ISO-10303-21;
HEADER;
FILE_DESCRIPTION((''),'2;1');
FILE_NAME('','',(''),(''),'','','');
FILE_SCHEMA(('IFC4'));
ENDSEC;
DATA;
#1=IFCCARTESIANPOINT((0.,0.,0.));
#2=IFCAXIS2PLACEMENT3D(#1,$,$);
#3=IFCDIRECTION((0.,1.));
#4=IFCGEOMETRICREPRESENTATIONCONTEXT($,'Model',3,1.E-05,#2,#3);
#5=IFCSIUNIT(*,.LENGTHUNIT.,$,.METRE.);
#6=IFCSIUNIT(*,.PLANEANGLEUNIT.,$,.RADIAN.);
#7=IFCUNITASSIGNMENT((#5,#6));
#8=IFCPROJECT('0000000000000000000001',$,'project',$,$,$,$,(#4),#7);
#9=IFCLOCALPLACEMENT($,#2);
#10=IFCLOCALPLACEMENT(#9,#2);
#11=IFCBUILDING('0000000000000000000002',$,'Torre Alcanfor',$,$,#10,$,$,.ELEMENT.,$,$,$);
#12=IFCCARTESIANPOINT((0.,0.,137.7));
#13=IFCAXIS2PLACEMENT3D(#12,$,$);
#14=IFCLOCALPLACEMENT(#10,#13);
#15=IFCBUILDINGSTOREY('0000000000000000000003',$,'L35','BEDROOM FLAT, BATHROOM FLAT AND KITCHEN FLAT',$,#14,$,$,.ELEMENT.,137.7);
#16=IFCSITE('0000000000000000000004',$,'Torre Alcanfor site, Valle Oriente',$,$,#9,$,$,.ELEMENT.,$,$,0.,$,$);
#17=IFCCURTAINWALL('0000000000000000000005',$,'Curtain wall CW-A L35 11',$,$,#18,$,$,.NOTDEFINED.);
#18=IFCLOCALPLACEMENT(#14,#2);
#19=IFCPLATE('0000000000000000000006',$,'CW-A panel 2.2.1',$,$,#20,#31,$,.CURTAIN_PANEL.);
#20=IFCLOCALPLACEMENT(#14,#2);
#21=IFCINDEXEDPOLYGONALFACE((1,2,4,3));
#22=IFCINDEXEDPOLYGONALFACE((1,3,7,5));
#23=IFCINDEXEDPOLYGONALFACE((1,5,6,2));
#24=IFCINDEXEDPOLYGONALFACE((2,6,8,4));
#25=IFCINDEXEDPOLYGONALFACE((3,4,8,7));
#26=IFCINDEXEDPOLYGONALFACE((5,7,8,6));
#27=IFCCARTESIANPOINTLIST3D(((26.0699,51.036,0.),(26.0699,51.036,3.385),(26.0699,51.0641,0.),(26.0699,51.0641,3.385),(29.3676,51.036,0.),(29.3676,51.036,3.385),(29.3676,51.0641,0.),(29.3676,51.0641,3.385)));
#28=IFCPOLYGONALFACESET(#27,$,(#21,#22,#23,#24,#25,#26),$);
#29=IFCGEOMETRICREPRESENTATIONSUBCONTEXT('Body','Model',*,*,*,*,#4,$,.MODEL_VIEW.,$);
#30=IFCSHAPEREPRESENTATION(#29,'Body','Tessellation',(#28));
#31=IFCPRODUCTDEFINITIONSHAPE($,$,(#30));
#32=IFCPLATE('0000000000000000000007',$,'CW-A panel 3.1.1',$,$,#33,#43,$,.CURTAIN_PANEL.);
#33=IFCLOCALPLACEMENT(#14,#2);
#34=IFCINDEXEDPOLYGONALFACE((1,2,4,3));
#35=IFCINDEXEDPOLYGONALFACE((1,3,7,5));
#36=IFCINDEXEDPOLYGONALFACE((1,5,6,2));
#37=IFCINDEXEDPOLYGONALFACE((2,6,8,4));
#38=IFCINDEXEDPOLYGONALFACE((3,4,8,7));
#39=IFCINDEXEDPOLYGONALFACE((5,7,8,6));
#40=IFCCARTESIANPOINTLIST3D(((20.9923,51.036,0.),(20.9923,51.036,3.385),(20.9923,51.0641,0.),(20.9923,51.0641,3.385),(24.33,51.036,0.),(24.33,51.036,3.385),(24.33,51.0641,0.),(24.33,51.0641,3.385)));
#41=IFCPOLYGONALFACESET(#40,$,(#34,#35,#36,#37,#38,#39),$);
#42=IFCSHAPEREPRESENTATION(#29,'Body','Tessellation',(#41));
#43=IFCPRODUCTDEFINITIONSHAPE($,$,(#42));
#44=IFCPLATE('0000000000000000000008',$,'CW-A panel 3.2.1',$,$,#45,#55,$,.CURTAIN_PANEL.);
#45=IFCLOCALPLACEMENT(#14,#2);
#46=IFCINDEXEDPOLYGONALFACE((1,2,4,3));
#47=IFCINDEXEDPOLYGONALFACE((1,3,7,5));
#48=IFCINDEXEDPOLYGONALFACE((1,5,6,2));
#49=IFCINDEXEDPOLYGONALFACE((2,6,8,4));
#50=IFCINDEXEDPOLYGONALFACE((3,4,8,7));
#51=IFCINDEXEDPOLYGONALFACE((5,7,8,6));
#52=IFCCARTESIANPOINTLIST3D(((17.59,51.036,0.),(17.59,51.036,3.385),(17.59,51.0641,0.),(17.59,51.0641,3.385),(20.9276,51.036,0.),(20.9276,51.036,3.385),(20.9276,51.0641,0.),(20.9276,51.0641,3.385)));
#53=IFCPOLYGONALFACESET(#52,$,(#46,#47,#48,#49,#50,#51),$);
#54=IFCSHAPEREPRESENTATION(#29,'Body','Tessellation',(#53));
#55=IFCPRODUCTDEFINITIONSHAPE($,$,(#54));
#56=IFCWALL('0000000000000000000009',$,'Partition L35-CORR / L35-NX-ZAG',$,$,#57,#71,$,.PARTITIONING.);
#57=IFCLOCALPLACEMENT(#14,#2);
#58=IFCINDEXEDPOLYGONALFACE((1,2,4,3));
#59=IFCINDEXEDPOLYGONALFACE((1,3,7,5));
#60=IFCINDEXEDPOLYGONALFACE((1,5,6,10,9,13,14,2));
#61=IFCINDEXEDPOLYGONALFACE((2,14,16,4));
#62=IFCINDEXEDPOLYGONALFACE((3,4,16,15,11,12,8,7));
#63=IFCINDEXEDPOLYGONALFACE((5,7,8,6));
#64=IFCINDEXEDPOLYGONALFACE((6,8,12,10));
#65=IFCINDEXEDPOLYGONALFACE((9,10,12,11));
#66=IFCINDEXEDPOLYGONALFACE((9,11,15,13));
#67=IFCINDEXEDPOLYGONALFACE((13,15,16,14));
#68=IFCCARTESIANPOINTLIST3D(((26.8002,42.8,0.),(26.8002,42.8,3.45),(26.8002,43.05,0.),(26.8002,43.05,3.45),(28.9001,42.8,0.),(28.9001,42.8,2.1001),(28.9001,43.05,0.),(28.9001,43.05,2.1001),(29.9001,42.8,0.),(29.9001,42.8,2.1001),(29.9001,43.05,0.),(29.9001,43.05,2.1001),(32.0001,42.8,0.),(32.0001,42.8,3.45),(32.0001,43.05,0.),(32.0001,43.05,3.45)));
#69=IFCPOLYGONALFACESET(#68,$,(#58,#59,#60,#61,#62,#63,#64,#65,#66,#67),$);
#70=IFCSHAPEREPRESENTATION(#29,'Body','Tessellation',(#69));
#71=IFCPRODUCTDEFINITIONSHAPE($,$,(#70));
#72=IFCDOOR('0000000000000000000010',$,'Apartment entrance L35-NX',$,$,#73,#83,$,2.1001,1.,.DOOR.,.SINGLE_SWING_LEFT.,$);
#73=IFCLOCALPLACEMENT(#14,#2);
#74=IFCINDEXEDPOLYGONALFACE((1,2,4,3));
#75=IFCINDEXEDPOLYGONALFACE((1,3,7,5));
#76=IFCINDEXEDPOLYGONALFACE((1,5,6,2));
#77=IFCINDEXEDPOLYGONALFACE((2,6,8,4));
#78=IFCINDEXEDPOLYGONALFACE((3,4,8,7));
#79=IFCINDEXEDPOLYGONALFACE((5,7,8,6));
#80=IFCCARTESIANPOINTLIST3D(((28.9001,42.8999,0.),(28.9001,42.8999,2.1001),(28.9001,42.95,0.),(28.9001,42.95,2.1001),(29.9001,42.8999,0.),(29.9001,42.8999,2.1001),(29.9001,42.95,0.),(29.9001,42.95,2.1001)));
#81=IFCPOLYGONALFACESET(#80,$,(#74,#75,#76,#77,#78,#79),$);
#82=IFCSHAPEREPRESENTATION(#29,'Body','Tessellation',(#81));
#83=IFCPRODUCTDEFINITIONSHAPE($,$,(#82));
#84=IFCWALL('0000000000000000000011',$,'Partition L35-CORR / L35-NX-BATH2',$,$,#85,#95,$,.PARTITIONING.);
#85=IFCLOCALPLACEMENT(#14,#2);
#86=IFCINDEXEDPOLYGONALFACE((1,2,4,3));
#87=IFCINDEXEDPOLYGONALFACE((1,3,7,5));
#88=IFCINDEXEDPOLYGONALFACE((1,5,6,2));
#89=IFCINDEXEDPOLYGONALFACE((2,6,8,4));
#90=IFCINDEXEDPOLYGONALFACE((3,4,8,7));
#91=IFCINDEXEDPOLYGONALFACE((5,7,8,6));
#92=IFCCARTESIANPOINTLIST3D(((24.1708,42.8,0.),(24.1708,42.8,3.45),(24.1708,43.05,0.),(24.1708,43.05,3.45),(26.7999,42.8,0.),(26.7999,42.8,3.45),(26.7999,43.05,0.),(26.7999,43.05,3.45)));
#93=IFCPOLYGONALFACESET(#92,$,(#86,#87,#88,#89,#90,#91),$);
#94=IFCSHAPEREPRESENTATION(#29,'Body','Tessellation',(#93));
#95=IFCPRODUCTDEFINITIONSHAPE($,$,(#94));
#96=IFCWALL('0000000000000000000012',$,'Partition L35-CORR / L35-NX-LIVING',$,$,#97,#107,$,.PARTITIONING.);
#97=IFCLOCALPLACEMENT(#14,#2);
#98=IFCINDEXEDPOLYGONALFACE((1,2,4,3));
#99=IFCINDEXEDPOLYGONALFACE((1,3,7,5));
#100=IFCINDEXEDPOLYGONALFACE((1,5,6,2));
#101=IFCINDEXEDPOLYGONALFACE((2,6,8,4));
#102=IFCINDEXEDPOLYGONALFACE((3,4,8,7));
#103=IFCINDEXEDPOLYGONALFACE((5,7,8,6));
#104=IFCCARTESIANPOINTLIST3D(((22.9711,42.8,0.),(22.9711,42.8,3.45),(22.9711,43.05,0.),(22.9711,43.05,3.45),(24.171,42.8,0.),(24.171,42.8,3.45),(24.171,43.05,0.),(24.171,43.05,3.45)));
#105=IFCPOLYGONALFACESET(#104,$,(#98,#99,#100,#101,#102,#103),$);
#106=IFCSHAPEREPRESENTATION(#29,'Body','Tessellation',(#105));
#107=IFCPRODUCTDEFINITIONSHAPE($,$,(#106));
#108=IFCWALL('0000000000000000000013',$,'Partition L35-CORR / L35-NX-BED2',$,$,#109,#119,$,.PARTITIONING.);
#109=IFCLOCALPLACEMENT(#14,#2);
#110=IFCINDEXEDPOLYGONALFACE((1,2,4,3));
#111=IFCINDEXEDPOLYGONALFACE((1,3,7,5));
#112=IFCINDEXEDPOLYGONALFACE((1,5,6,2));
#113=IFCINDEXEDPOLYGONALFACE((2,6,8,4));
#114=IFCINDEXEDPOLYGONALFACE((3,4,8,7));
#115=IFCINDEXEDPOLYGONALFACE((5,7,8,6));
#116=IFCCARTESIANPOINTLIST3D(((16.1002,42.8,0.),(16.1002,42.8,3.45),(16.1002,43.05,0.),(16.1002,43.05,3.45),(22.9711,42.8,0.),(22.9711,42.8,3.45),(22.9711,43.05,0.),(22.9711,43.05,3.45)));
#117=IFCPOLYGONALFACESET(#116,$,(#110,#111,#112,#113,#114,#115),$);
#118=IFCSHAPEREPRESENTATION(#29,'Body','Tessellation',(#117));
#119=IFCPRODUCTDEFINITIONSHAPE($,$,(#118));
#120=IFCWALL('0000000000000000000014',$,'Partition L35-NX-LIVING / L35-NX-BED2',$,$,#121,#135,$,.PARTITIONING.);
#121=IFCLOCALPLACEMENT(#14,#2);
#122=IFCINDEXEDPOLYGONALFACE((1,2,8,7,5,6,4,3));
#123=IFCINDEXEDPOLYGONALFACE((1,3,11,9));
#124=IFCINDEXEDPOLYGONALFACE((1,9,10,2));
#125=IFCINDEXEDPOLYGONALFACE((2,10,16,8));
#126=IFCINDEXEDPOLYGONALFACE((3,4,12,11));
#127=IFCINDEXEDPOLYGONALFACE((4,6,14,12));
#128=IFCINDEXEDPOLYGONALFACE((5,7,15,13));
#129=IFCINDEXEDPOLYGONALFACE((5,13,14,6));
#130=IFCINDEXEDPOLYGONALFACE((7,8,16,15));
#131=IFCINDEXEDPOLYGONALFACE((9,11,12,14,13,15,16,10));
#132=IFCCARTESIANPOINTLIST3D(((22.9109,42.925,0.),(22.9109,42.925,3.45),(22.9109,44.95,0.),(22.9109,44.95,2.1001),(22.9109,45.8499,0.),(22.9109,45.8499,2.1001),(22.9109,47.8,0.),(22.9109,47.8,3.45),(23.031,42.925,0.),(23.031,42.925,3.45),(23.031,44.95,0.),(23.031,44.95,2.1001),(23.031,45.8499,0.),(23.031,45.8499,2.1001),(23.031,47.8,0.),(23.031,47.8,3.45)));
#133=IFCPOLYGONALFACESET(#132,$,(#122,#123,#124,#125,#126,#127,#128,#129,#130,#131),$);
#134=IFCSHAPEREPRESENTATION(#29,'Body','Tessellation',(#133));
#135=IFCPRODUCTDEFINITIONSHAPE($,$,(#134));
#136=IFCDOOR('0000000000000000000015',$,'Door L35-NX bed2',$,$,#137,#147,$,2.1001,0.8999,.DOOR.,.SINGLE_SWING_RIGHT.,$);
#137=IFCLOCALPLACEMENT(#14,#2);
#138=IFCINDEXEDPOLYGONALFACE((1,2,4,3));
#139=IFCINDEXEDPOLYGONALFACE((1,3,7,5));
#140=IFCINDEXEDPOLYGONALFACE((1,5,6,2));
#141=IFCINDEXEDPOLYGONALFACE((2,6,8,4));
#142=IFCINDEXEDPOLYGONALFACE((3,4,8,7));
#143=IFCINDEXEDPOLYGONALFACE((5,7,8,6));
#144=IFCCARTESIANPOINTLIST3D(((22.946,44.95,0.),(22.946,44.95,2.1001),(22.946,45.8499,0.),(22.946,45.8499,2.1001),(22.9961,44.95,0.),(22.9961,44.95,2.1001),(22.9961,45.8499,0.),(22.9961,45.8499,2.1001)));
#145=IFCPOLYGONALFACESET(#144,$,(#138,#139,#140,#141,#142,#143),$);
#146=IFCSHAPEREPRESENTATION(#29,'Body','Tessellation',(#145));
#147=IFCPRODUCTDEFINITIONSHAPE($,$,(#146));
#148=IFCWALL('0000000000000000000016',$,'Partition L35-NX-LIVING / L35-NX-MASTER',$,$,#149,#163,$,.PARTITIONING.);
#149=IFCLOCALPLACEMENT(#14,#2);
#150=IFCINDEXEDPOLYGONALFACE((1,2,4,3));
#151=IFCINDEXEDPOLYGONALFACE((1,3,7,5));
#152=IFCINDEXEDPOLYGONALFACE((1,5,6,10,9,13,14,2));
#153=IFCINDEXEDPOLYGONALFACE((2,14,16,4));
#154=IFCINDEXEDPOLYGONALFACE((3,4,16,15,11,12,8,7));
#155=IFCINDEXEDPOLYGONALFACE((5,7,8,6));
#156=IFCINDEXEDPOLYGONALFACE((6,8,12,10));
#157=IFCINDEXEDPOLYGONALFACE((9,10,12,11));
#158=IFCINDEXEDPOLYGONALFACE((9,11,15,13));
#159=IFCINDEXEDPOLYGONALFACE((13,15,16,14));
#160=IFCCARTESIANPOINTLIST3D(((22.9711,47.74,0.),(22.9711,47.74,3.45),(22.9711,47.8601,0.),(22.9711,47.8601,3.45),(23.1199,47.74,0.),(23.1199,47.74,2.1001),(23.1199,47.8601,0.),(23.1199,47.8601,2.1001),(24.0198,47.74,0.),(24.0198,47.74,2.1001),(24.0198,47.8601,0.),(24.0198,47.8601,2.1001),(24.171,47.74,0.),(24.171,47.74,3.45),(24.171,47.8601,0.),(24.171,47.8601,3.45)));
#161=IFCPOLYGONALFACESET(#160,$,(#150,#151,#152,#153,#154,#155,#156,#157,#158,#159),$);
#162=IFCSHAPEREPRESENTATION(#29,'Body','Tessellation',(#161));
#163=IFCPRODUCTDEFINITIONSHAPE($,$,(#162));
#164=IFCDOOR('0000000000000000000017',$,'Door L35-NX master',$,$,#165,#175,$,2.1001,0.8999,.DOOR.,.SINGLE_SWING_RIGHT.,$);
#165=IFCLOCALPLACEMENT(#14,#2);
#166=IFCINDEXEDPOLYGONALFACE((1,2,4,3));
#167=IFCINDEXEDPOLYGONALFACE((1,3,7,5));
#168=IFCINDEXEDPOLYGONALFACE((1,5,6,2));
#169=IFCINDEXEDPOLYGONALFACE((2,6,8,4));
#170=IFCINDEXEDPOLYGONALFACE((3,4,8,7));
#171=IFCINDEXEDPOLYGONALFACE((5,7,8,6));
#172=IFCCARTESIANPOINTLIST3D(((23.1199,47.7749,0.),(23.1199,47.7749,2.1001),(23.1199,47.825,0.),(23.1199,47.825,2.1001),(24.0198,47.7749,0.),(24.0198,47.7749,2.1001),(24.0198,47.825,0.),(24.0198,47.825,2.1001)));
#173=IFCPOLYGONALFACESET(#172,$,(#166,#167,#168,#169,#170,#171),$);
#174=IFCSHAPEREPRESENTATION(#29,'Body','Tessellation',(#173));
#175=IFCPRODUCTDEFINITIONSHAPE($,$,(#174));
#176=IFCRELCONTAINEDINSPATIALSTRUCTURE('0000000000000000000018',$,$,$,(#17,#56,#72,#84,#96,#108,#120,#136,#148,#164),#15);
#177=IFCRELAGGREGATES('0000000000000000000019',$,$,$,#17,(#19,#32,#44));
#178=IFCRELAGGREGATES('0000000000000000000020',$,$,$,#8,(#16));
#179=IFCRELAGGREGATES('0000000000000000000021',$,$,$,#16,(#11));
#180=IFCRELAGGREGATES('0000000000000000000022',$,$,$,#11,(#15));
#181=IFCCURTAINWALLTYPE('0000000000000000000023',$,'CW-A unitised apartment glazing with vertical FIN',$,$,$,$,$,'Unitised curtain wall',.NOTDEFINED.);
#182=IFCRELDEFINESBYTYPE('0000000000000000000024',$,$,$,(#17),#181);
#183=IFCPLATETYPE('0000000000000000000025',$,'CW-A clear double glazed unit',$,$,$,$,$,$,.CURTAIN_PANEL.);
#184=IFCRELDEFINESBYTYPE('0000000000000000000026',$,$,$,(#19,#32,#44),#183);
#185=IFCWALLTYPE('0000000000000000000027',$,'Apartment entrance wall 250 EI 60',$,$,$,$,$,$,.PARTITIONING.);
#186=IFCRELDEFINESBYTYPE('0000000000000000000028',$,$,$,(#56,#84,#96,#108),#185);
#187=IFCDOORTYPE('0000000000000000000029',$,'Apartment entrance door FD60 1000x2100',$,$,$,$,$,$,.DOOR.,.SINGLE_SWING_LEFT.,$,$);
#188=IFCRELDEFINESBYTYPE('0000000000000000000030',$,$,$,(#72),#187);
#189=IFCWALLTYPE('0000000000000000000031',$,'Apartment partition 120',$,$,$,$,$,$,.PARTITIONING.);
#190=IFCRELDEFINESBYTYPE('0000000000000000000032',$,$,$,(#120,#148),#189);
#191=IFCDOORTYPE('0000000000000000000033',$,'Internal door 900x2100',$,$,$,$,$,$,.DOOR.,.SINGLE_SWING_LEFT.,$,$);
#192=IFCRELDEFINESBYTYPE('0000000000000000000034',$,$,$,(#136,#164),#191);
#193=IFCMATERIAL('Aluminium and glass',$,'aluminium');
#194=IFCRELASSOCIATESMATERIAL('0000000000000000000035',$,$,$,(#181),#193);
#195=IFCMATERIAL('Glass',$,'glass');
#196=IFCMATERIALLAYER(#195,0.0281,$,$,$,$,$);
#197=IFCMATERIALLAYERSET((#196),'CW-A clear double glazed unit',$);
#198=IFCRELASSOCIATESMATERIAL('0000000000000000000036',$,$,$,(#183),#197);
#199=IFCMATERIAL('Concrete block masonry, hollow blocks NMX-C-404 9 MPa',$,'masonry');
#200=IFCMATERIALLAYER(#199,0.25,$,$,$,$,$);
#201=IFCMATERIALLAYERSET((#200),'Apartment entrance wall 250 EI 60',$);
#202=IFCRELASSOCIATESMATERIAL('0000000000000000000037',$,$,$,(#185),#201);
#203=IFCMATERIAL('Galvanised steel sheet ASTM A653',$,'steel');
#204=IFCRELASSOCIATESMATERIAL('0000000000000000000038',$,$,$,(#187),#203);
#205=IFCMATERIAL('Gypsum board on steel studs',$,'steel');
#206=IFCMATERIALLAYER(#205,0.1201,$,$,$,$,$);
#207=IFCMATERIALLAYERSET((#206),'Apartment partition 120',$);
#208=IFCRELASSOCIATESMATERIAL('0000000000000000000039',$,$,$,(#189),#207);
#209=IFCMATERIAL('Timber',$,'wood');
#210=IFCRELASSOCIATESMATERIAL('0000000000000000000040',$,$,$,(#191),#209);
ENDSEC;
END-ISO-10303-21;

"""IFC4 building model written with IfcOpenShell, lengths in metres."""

from ifc_helpers import new_model, si_unit, direction, frame, frame_2d, origin, origin_2d, place, context, subcontext, project, spatial, rectangle, extrude, material, layer, layer_set, type_object, element, fill, aggregate, save


model = new_model("IFC4")

# Units and contexts
model_context = context("Model", 3, precision=1e-05, world=origin(), true_north=direction((0.0, 1.0)))
body_context = subcontext(model_context, "Body", "Model", "MODEL_VIEW")
ifc_project = project(units=[si_unit("LENGTHUNIT", "METRE"), si_unit("PLANEANGLEUNIT", "RADIAN")], contexts=[model_context])

# Site, building, storey
site_placement = place(None, origin())
site = spatial("IfcSite", under=ifc_project, at=site_placement, Name="Torre Alcanfor site, Valle Oriente", CompositionType="ELEMENT", RefElevation=0.0)
building_placement = place(site_placement, origin())
building = spatial("IfcBuilding", under=site, at=building_placement, Name="Torre Alcanfor", CompositionType="ELEMENT")
storey_placement = place(building_placement, frame((0.0, 0.0, 137.7)))
storey = spatial("IfcBuildingStorey", under=building, at=storey_placement, Name="L35", Description="BEDROOM FLAT, BATHROOM FLAT AND KITCHEN FLAT", CompositionType="ELEMENT", Elevation=137.7)

# Curtain wall
ifc_material_1 = material(Name="Aluminium and glass", Category="aluminium")
curtain_wall_type = type_object("IfcCurtainWallType", Name="CW-A unitised apartment glazing with vertical FIN", ElementType="Unitised curtain wall", PredefinedType="NOTDEFINED", material=ifc_material_1)
curtain_wall_placement = place(storey_placement, origin())
curtain_wall = element("IfcCurtainWall", 1, at=curtain_wall_placement, inside=storey, type_object=curtain_wall_type, Name="Curtain wall CW-A L35 11", PredefinedType="NOTDEFINED")

# Plates
ifc_material_2 = material(Name="Glass", Category="glass")
ifc_layer_1 = layer(ifc_material_2, 0.0281)
ifc_layer_set_1 = layer_set([ifc_layer_1], Name="CW-A clear double glazed unit")
plate_type = type_object("IfcPlateType", Name="CW-A clear double glazed unit", PredefinedType="CURTAIN_PANEL", material=ifc_layer_set_1)
plate_1_placement = place(storey_placement, frame((27.7188, 51.05, 0.0), z_axis=(0.0, 0.0, 1.0), x_axis=(-1.0, 0.0, 0.0)))
plate_1 = element("IfcPlate", 2, at=plate_1_placement, type_object=plate_type, Name="CW-A panel 2.2.1", PredefinedType="CURTAIN_PANEL", context=body_context, shape_type="SweptSolid", body=[
    extrude(rectangle(XDim=3.2976, YDim=0.0281, at=origin_2d()), origin(), (0.0, 0.0, 1.0), 3.385),
])
plate_2_placement = place(storey_placement, frame((22.6611, 51.05, 0.0), z_axis=(0.0, 0.0, 1.0), x_axis=(-1.0, 0.0, 0.0)))
plate_2 = element("IfcPlate", 3, at=plate_2_placement, type_object=plate_type, Name="CW-A panel 3.1.1", PredefinedType="CURTAIN_PANEL", context=body_context, shape_type="SweptSolid", body=[
    extrude(rectangle(XDim=3.3376, YDim=0.0281, at=origin_2d()), origin(), (0.0, 0.0, 1.0), 3.385),
])
plate_3_placement = place(storey_placement, frame((19.2588, 51.05, 0.0), z_axis=(0.0, 0.0, 1.0), x_axis=(-1.0, 0.0, 0.0)))
plate_3 = element("IfcPlate", 4, at=plate_3_placement, type_object=plate_type, Name="CW-A panel 3.2.1", PredefinedType="CURTAIN_PANEL", context=body_context, shape_type="SweptSolid", body=[
    extrude(rectangle(XDim=3.3376, YDim=0.0281, at=origin_2d()), origin(), (0.0, 0.0, 1.0), 3.385),
])
aggregate(curtain_wall, [plate_1, plate_2, plate_3])

# Wall, opening, door
ifc_material_3 = material(Name="Concrete block masonry, hollow blocks NMX-C-404 9 MPa", Category="masonry")
ifc_layer_2 = layer(ifc_material_3, 0.25)
ifc_layer_set_2 = layer_set([ifc_layer_2], Name="Apartment entrance wall 250 EI 60")
wall_type_1 = type_object("IfcWallType", Name="Apartment entrance wall 250 EI 60", PredefinedType="PARTITIONING", material=ifc_layer_set_2)
wall_1_placement = place(storey_placement, frame((26.8, 42.925, 0.0), z_axis=(0.0, 0.0, 1.0), x_axis=(1.0, 0.0, 0.0)))
wall_1 = element("IfcWall", 5, at=wall_1_placement, inside=storey, type_object=wall_type_1, Name="Partition L35-CORR / L35-NX-ZAG", PredefinedType="PARTITIONING", context=body_context, shape_type="SweptSolid", body=[
    extrude(rectangle(XDim=5.2, YDim=0.25, at=frame_2d((2.6001, 0.0))), origin(), (0.0, 0.0, 1.0), 3.45),
])
opening_1_placement = place(wall_1_placement, frame((2.1001, 0.0, 0.0)))
opening_1 = element("IfcOpeningElement", 6, at=opening_1_placement, cuts=wall_1, PredefinedType="OPENING", context=body_context, shape_type="SweptSolid", body=[
    extrude(rectangle(XDim=1.0, YDim=2.1001, at=frame_2d((0.5, 1.05))), frame((0.0, 0.135, 0.0), z_axis=(0.0, -1.0, 0.0), x_axis=(1.0, 0.0, 0.0)), (0.0, 0.0, 1.0), 0.27),
])
ifc_material_4 = material(Name="Galvanised steel sheet ASTM A653", Category="steel")
door_type_1 = type_object("IfcDoorType", Name="Apartment entrance door FD60 1000x2100", OperationType="SINGLE_SWING_LEFT", PredefinedType="DOOR", material=ifc_material_4)
door_1_placement = place(opening_1_placement, origin())
door_1 = element("IfcDoor", 7, at=door_1_placement, inside=storey, type_object=door_type_1, Name="Apartment entrance L35-NX", OperationType="SINGLE_SWING_LEFT", OverallHeight=2.1001, OverallWidth=1.0, PredefinedType="DOOR", context=body_context, shape_type="SweptSolid", body=[
    extrude(rectangle(XDim=1.0, YDim=2.1001, at=frame_2d((0.5, 1.05))), frame((0.0, 0.0249, 0.0), z_axis=(0.0, -1.0, 0.0), x_axis=(1.0, 0.0, 0.0)), (0.0, 0.0, 1.0), 0.05),
])
fill(opening_1, door_1)

# Walls
wall_2_placement = place(storey_placement, frame((24.1709, 42.925, 0.0), z_axis=(0.0, 0.0, 1.0), x_axis=(1.0, 0.0, 0.0)))
element("IfcWall", 8, at=wall_2_placement, inside=storey, type_object=wall_type_1, Name="Partition L35-CORR / L35-NX-BATH2", PredefinedType="PARTITIONING", context=body_context, shape_type="SweptSolid", body=[
    extrude(rectangle(XDim=2.6292, YDim=0.25, at=frame_2d((1.3145, 0.0))), origin(), (0.0, 0.0, 1.0), 3.45),
])
wall_3_placement = place(storey_placement, frame((22.9709, 42.925, 0.0), z_axis=(0.0, 0.0, 1.0), x_axis=(1.0, 0.0, 0.0)))
element("IfcWall", 9, at=wall_3_placement, inside=storey, type_object=wall_type_1, Name="Partition L35-CORR / L35-NX-LIVING", PredefinedType="PARTITIONING", context=body_context, shape_type="SweptSolid", body=[
    extrude(rectangle(XDim=1.2, YDim=0.25, at=frame_2d((0.6001, 0.0))), origin(), (0.0, 0.0, 1.0), 3.45),
])
wall_4_placement = place(storey_placement, frame((16.1001, 42.925, 0.0), z_axis=(0.0, 0.0, 1.0), x_axis=(1.0, 0.0, 0.0)))
element("IfcWall", 10, at=wall_4_placement, inside=storey, type_object=wall_type_1, Name="Partition L35-CORR / L35-NX-BED2", PredefinedType="PARTITIONING", context=body_context, shape_type="SweptSolid", body=[
    extrude(rectangle(XDim=6.8708, YDim=0.25, at=frame_2d((3.4355, 0.0))), origin(), (0.0, 0.0, 1.0), 3.45),
])

# Walls, openings, doors
ifc_material_5 = material(Name="Gypsum board on steel studs", Category="steel")
ifc_layer_3 = layer(ifc_material_5, 0.1201)
ifc_layer_set_3 = layer_set([ifc_layer_3], Name="Apartment partition 120")
wall_type_2 = type_object("IfcWallType", Name="Apartment partition 120", PredefinedType="PARTITIONING", material=ifc_layer_set_3)
wall_5_placement = place(storey_placement, frame((22.9709, 42.925, 0.0), z_axis=(0.0, 0.0, 1.0), x_axis=(0.0, 1.0, 0.0)))
wall_5 = element("IfcWall", 11, at=wall_5_placement, inside=storey, type_object=wall_type_2, Name="Partition L35-NX-LIVING / L35-NX-BED2", PredefinedType="PARTITIONING", context=body_context, shape_type="SweptSolid", body=[
    extrude(rectangle(XDim=4.875, YDim=0.1201, at=frame_2d((2.4375, 0.0))), origin(), (0.0, 0.0, 1.0), 3.45),
])
opening_2_placement = place(wall_5_placement, frame((2.0249, 0.0, 0.0)))
opening_2 = element("IfcOpeningElement", 12, at=opening_2_placement, cuts=wall_5, PredefinedType="OPENING", context=body_context, shape_type="SweptSolid", body=[
    extrude(rectangle(XDim=0.8999, YDim=2.1001, at=frame_2d((0.45, 1.05))), frame((0.0, 0.0701, 0.0), z_axis=(0.0, -1.0, 0.0), x_axis=(1.0, 0.0, 0.0)), (0.0, 0.0, 1.0), 0.1401),
])
ifc_material_6 = material(Name="Timber", Category="wood")
door_type_2 = type_object("IfcDoorType", Name="Internal door 900x2100", OperationType="SINGLE_SWING_LEFT", PredefinedType="DOOR", material=ifc_material_6)
door_2_placement = place(opening_2_placement, origin())
door_2 = element("IfcDoor", 13, at=door_2_placement, inside=storey, type_object=door_type_2, Name="Door L35-NX bed2", OperationType="SINGLE_SWING_RIGHT", OverallHeight=2.1001, OverallWidth=0.8999, PredefinedType="DOOR", context=body_context, shape_type="SweptSolid", body=[
    extrude(rectangle(XDim=0.8999, YDim=2.1001, at=frame_2d((0.45, 1.05))), frame((0.0, 0.0249, 0.0), z_axis=(0.0, -1.0, 0.0), x_axis=(1.0, 0.0, 0.0)), (0.0, 0.0, 1.0), 0.05),
])
fill(opening_2, door_2)
wall_6_placement = place(storey_placement, frame((22.9709, 47.8, 0.0), z_axis=(0.0, 0.0, 1.0), x_axis=(1.0, 0.0, 0.0)))
wall_6 = element("IfcWall", 14, at=wall_6_placement, inside=storey, type_object=wall_type_2, Name="Partition L35-NX-LIVING / L35-NX-MASTER", PredefinedType="PARTITIONING", context=body_context, shape_type="SweptSolid", body=[
    extrude(rectangle(XDim=1.2, YDim=0.1201, at=frame_2d((0.6001, 0.0))), origin(), (0.0, 0.0, 1.0), 3.45),
])
opening_3_placement = place(wall_6_placement, frame((0.1489, 0.0, 0.0)))
opening_3 = element("IfcOpeningElement", 15, at=opening_3_placement, cuts=wall_6, PredefinedType="OPENING", context=body_context, shape_type="SweptSolid", body=[
    extrude(rectangle(XDim=0.8999, YDim=2.1001, at=frame_2d((0.45, 1.05))), frame((0.0, 0.0701, 0.0), z_axis=(0.0, -1.0, 0.0), x_axis=(1.0, 0.0, 0.0)), (0.0, 0.0, 1.0), 0.1401),
])
door_3_placement = place(opening_3_placement, origin())
door_3 = element("IfcDoor", 16, at=door_3_placement, inside=storey, type_object=door_type_2, Name="Door L35-NX master", OperationType="SINGLE_SWING_RIGHT", OverallHeight=2.1001, OverallWidth=0.8999, PredefinedType="DOOR", context=body_context, shape_type="SweptSolid", body=[
    extrude(rectangle(XDim=0.8999, YDim=2.1001, at=frame_2d((0.45, 1.05))), frame((0.0, 0.0249, 0.0), z_axis=(0.0, -1.0, 0.0), x_axis=(1.0, 0.0, 0.0)), (0.0, 0.0, 1.0), 0.05),
])
fill(opening_3, door_3)

save(model, "model.ifc")
